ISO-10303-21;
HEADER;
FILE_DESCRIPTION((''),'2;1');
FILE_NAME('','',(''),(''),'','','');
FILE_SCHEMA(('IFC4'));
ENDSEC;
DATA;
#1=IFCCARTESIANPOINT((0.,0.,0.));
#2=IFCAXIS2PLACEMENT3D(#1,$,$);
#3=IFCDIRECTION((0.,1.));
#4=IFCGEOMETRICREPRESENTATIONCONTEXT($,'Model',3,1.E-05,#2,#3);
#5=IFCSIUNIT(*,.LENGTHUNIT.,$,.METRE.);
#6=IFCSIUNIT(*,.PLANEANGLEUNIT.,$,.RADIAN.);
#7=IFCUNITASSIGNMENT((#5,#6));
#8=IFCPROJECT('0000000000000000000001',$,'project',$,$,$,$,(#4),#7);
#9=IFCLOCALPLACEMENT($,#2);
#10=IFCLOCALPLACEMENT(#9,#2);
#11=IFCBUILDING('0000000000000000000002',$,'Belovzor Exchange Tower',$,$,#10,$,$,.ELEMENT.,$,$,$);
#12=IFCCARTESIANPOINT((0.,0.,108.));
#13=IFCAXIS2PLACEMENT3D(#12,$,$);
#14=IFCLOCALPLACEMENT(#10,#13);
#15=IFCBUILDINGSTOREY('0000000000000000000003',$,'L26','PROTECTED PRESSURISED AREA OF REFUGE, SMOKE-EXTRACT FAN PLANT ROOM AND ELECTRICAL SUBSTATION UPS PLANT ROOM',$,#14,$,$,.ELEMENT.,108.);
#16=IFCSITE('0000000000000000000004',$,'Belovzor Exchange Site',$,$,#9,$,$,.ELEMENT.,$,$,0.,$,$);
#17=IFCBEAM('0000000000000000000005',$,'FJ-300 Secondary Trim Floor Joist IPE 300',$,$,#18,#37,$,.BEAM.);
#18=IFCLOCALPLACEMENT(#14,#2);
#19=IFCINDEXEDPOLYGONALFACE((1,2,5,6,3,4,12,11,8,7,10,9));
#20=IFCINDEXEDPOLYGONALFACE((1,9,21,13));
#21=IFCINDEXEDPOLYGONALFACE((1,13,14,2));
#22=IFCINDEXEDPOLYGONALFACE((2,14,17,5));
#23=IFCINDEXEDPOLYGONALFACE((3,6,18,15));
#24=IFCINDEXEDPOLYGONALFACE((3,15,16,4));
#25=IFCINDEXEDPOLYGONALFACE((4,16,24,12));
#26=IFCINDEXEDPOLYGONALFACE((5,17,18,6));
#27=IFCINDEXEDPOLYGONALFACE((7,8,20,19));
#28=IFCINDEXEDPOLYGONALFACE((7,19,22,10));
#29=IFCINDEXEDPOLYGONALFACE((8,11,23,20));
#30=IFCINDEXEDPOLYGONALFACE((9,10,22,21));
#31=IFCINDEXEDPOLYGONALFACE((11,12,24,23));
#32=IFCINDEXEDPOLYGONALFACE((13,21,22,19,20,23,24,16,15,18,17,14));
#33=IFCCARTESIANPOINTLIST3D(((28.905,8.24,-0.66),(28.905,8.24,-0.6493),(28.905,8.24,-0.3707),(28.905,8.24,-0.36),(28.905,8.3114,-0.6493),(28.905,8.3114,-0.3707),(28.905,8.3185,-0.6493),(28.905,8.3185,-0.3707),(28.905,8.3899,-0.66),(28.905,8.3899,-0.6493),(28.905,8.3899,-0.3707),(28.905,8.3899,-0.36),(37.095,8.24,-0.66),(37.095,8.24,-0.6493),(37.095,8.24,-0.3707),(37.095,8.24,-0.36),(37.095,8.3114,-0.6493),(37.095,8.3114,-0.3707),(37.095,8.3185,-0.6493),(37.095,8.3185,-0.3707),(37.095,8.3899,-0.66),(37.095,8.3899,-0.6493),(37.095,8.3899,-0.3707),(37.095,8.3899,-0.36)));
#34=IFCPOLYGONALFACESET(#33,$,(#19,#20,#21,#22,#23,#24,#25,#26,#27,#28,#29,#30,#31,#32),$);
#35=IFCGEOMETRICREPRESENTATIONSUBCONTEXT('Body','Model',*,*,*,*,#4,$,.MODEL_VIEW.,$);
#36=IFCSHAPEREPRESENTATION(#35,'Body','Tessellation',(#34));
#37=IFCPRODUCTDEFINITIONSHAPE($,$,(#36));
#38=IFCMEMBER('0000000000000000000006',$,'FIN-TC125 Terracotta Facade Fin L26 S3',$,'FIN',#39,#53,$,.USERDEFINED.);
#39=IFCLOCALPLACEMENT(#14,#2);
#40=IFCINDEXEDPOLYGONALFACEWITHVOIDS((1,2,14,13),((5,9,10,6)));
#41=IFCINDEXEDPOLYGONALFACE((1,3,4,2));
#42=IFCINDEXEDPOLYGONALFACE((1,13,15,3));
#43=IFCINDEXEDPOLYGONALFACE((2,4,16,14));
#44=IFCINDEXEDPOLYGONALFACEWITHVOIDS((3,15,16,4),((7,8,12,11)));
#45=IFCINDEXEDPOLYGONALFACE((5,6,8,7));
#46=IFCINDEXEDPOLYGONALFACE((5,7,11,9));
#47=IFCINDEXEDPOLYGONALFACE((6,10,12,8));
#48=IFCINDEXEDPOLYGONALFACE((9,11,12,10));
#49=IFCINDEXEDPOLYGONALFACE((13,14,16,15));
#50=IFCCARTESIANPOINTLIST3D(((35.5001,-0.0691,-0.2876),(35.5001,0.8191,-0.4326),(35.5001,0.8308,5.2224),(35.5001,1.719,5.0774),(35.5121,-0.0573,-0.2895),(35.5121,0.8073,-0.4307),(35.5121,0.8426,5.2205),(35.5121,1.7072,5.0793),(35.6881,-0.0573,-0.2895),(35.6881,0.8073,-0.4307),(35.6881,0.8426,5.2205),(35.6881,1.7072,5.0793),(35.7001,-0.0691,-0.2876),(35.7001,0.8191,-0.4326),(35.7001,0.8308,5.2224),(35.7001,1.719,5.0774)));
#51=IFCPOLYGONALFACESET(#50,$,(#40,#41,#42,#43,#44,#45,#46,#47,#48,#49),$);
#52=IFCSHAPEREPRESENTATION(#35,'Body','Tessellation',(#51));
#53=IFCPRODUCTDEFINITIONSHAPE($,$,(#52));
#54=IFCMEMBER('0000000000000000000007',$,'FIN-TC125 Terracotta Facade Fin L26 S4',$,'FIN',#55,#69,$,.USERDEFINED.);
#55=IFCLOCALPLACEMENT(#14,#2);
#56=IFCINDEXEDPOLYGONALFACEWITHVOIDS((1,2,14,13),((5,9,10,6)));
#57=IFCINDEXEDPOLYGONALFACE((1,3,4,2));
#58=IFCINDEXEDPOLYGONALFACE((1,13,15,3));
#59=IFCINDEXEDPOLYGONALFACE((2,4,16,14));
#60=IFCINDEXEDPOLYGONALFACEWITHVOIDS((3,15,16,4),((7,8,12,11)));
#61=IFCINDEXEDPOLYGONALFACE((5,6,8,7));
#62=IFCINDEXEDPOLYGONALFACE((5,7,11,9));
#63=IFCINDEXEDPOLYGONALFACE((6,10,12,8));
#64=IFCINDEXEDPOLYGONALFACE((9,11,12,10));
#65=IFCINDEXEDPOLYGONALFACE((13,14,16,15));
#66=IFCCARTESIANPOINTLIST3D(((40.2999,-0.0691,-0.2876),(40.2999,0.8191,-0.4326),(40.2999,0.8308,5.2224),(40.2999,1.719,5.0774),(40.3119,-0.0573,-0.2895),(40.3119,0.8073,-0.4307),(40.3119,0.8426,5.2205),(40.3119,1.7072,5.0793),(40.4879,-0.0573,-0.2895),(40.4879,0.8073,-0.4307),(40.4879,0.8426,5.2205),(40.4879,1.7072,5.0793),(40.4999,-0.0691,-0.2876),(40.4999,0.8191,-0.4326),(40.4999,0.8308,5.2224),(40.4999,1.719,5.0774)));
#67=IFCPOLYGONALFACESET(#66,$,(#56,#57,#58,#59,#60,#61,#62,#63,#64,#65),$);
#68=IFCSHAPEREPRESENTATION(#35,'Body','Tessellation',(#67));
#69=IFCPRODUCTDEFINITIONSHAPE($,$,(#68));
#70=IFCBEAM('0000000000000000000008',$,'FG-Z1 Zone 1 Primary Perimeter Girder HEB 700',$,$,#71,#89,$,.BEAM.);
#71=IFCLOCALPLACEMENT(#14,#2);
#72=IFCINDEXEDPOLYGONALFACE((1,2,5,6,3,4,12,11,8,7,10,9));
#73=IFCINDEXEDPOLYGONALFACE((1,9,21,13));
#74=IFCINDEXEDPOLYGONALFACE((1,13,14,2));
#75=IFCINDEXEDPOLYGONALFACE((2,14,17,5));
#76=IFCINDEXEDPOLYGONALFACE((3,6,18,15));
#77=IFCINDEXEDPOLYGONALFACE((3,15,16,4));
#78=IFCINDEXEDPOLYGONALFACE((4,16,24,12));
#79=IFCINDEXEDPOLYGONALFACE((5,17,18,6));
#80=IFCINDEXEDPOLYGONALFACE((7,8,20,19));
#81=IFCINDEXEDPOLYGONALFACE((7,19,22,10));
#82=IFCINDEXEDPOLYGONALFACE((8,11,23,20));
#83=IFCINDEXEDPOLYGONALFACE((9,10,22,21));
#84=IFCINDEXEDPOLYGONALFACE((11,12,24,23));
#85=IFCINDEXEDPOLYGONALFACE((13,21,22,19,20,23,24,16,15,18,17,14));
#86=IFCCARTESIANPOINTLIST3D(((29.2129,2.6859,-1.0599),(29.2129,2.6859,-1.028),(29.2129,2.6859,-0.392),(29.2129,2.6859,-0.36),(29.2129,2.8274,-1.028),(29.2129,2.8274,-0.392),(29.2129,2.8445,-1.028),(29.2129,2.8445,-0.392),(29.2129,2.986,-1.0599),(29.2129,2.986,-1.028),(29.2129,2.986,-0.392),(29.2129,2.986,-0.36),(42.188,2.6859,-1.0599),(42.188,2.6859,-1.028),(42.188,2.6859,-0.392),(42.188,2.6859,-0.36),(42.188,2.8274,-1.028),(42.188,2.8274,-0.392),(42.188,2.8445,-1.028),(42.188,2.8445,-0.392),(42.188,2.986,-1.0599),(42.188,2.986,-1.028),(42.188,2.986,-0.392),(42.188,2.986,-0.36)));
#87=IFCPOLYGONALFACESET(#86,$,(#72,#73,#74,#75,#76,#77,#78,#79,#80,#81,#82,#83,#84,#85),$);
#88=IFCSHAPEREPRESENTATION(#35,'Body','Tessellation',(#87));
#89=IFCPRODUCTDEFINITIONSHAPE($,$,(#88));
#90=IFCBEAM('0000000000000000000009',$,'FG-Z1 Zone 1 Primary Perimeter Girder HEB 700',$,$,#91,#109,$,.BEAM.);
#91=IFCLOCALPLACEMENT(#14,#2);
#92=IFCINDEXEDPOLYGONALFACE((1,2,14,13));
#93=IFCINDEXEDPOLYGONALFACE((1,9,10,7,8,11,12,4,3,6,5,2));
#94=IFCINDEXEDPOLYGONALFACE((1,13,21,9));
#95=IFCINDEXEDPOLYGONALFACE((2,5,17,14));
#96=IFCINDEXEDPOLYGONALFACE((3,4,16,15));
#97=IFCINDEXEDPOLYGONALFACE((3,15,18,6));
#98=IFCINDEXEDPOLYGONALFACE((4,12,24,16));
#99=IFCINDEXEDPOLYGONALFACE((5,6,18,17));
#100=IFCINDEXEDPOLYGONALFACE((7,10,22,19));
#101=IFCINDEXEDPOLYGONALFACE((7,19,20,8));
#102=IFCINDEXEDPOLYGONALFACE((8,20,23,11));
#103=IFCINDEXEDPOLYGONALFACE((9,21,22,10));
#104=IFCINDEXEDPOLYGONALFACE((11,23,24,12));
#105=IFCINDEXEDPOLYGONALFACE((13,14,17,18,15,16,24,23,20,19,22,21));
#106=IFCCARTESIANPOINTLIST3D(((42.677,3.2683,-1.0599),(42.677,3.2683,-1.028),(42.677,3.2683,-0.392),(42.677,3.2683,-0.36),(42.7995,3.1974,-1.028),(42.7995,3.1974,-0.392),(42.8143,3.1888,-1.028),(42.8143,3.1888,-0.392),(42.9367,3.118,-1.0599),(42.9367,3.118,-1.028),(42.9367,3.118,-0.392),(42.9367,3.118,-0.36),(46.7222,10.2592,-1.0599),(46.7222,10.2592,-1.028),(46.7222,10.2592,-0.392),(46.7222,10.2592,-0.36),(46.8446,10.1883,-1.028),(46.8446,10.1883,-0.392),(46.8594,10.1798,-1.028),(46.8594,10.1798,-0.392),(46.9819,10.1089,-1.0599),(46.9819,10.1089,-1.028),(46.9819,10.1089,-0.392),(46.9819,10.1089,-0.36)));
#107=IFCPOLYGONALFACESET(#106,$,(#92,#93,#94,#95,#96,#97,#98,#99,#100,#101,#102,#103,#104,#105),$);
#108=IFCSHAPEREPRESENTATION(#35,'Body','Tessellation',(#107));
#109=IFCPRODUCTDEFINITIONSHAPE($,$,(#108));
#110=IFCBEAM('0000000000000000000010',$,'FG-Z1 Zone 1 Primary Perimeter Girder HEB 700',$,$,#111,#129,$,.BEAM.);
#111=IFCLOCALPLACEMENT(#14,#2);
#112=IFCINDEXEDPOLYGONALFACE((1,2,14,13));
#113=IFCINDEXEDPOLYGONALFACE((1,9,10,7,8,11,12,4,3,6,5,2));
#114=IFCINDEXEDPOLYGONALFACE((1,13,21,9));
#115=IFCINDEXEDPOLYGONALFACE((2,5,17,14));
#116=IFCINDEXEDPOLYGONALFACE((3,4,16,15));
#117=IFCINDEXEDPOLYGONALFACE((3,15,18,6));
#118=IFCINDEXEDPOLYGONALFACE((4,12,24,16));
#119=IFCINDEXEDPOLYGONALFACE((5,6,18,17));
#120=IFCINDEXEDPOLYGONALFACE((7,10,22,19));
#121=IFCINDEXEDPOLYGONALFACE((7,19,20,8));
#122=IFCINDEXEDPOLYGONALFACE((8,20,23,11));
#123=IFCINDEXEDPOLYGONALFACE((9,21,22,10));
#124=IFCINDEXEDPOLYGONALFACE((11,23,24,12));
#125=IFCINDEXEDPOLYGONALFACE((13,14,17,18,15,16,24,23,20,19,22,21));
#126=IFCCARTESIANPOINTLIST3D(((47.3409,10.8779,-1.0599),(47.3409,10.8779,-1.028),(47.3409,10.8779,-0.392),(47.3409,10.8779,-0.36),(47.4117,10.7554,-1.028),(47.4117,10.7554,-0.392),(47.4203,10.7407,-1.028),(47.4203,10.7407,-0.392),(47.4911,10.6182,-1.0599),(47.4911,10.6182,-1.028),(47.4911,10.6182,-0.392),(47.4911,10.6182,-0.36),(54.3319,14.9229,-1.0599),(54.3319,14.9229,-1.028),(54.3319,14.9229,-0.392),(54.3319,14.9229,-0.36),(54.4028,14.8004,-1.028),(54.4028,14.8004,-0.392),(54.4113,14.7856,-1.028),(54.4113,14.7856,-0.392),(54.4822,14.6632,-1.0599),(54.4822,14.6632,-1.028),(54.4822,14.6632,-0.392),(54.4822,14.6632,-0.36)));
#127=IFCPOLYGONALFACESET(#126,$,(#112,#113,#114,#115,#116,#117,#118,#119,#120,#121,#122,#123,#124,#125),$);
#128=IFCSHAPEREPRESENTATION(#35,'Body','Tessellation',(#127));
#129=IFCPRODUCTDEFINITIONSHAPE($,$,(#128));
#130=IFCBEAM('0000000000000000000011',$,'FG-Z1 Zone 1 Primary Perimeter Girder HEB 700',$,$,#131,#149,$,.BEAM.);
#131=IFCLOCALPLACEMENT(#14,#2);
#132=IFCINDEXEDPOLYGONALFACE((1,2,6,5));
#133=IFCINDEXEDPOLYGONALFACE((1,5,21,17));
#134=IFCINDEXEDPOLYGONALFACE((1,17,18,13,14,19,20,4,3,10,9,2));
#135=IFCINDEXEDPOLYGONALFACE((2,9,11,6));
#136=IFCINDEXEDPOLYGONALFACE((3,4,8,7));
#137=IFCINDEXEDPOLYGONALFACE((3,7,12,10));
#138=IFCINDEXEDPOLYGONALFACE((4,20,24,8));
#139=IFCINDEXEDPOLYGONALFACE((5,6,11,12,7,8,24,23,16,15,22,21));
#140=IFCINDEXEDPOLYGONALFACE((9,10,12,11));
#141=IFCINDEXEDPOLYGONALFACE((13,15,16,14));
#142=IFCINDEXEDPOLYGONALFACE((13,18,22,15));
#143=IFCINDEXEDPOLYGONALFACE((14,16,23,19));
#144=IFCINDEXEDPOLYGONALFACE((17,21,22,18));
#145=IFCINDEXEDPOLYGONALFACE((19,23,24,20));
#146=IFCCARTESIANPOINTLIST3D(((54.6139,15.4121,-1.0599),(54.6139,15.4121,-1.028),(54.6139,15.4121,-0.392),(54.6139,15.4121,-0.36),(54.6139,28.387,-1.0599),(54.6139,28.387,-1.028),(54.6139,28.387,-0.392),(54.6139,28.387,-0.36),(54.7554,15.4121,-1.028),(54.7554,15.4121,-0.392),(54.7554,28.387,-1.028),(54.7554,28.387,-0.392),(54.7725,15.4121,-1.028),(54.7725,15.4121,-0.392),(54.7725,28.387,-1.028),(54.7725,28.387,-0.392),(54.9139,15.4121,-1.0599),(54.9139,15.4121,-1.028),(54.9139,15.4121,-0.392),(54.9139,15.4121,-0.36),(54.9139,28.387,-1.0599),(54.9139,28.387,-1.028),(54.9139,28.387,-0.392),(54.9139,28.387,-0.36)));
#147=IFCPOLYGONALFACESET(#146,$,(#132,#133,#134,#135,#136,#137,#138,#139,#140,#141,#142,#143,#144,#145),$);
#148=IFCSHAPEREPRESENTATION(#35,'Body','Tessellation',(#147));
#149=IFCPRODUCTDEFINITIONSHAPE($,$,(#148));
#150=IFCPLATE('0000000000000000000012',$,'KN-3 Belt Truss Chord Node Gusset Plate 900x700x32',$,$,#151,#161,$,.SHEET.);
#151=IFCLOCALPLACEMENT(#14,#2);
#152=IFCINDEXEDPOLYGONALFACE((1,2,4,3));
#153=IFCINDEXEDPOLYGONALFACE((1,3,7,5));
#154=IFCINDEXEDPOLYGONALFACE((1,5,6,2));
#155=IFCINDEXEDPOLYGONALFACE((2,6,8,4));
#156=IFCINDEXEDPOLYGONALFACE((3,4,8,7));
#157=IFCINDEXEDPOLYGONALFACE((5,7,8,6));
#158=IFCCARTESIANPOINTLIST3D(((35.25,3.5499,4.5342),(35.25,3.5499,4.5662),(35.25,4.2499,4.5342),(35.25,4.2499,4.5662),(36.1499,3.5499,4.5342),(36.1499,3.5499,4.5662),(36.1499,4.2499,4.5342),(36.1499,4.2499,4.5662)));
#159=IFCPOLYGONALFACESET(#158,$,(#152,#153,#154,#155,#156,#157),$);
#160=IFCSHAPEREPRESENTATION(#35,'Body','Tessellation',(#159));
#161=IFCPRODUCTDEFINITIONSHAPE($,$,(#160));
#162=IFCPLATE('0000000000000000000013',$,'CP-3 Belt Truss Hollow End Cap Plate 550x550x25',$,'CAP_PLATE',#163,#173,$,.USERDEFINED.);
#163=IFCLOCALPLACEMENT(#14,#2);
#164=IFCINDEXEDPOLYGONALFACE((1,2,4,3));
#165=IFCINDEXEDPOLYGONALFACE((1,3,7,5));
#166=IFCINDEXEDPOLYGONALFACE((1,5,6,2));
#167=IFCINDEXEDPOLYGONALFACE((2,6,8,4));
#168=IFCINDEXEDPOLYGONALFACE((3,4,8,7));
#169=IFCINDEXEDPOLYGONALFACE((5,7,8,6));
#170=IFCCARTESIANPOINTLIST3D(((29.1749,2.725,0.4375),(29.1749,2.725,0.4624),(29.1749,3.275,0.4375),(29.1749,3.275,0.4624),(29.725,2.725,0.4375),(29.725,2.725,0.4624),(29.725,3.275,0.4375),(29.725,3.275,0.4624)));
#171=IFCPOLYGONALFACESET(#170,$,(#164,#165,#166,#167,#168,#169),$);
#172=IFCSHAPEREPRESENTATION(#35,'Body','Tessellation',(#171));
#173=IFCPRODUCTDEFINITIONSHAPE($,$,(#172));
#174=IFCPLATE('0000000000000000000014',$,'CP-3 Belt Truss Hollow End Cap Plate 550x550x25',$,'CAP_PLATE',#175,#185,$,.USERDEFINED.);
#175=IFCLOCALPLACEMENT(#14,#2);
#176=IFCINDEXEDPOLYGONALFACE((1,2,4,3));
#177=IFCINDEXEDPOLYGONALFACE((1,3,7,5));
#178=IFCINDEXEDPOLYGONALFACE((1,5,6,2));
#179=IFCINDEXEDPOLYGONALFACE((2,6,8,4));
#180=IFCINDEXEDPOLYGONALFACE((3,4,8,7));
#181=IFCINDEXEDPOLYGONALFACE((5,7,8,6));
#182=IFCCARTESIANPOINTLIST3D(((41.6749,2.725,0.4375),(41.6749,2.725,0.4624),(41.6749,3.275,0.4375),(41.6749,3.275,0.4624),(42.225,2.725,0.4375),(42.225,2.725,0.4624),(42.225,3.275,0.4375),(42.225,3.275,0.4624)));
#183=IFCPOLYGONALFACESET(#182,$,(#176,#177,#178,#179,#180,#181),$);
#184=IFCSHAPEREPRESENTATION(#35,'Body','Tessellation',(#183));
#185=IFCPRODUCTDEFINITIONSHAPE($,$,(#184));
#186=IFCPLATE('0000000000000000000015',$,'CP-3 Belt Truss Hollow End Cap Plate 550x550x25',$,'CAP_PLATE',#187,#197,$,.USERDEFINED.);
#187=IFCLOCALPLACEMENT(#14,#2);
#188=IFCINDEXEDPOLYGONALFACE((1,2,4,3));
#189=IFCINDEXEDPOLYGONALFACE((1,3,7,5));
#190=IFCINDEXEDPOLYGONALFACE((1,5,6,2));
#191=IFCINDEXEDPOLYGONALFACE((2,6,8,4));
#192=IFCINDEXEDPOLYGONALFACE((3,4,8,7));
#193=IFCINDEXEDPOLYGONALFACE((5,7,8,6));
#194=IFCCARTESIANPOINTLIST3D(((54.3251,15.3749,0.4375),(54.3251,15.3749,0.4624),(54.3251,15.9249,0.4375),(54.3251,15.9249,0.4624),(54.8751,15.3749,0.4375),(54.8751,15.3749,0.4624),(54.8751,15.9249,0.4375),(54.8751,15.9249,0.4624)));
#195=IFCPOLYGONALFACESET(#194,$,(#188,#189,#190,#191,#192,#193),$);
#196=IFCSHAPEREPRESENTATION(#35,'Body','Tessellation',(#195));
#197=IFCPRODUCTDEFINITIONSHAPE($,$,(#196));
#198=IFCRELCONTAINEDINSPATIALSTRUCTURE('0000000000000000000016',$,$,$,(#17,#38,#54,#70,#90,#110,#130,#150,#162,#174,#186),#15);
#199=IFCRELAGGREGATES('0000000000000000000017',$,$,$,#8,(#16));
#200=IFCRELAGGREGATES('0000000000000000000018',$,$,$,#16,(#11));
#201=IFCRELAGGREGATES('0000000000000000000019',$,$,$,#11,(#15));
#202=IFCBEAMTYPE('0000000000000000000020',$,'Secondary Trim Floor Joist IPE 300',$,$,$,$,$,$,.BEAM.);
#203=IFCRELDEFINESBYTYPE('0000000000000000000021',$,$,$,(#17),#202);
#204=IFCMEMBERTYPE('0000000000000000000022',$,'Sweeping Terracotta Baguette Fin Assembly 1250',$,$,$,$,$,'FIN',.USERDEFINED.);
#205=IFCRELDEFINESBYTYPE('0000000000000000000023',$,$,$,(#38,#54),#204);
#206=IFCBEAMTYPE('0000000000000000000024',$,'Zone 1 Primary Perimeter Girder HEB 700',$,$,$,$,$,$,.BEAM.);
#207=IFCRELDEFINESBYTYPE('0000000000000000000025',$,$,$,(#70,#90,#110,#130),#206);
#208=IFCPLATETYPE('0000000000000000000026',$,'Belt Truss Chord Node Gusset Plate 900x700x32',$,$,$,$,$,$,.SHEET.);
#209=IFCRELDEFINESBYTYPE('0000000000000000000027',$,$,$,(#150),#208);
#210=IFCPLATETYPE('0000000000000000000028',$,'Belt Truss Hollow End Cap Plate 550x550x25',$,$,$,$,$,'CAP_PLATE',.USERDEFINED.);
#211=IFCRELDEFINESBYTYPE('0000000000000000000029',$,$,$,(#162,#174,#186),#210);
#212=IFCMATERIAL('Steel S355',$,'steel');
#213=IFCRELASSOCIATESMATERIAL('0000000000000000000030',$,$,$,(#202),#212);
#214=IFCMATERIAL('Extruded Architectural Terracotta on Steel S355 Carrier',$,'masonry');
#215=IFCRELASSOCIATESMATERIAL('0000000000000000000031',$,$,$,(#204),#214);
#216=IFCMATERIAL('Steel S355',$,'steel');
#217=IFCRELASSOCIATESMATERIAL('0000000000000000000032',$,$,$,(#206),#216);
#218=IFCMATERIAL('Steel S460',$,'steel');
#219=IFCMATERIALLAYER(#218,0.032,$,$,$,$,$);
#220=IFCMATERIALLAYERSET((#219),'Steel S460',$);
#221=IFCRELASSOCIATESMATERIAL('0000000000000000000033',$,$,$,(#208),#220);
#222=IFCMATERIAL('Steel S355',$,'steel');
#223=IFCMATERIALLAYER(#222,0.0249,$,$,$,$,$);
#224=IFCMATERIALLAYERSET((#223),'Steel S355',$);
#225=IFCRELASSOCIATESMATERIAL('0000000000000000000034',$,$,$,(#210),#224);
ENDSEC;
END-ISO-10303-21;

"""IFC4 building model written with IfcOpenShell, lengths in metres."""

from ifc_helpers import new_model, si_unit, direction, frame, origin, origin_2d, place, context, subcontext, project, spatial, rectangle, hollow_rectangle, i_section, extrude, material, layer, layer_set, material_profile, profile_set, type_object, element, save


model = new_model("IFC4")

# Units and contexts
model_context = context("Model", 3, precision=1e-05, world=origin(), true_north=direction((0.0, 1.0)))
body_context = subcontext(model_context, "Body", "Model", "MODEL_VIEW")
ifc_project = project(units=[si_unit("LENGTHUNIT", "METRE"), si_unit("PLANEANGLEUNIT", "RADIAN")], contexts=[model_context])

# Site, building, storey
site_placement = place(None, origin())
site = spatial("IfcSite", under=ifc_project, at=site_placement, Name="Belovzor Exchange Site", CompositionType="ELEMENT", RefElevation=0.0)
building_placement = place(site_placement, origin())
building = spatial("IfcBuilding", under=site, at=building_placement, Name="Belovzor Exchange Tower", CompositionType="ELEMENT")
storey_placement = place(building_placement, frame((0.0, 0.0, 108.0)))
storey = spatial("IfcBuildingStorey", under=building, at=storey_placement, Name="L26", Description="PROTECTED PRESSURISED AREA OF REFUGE, SMOKE-EXTRACT FAN PLANT ROOM AND ELECTRICAL SUBSTATION UPS PLANT ROOM", CompositionType="ELEMENT", Elevation=108.0)

# Beam
ifc_material_1 = material(Name="Steel S355", Category="steel")
ifc_material_profile_1 = material_profile(ifc_material_1, i_section(OverallWidth=0.1499, OverallDepth=0.3, WebThickness=0.0071, FlangeThickness=0.0107, at=origin_2d()))
ifc_profile_set_1 = profile_set([ifc_material_profile_1], Name="Steel S355")
beam_type_1 = type_object("IfcBeamType", Name="Secondary Trim Floor Joist IPE 300", PredefinedType="BEAM", material=ifc_profile_set_1)
beam_1_placement = place(storey_placement, frame((28.905, 8.3149, -0.51), z_axis=(1.0, 0.0, 0.0), x_axis=(0.0, 1.0, 0.0)))
element("IfcBeam", 1, at=beam_1_placement, inside=storey, type_object=beam_type_1, Name="FJ-300 Secondary Trim Floor Joist IPE 300", PredefinedType="BEAM", context=body_context, shape_type="SweptSolid", body=[
    extrude(i_section(OverallWidth=0.1499, OverallDepth=0.3, WebThickness=0.0071, FlangeThickness=0.0107, at=origin_2d()), origin(), (0.0, 0.0, 1.0), 8.1899),
])

# Members
ifc_material_2 = material(Name="Extruded Architectural Terracotta on Steel S355 Carrier", Category="masonry")
ifc_material_profile_2 = material_profile(ifc_material_2, hollow_rectangle(XDim=0.2, YDim=0.8999, WallThickness=0.012, at=origin_2d()))
ifc_profile_set_2 = profile_set([ifc_material_profile_2], Name="Extruded Architectural Terracotta on Steel S355 Carrier")
member_type_1 = type_object("IfcMemberType", Name="Sweeping Terracotta Baguette Fin Assembly 1250", ElementType="FIN", PredefinedType="USERDEFINED", material=ifc_profile_set_2)
for number, where, z_axis, x_axis, name in (
    (2, (35.6001, 0.375, -0.3601), (0.0, 0.161186, 0.986924), (-1.0, 0.0, 0.0), "FIN-TC125 Terracotta Facade Fin L26 S3"),
    (3, (40.3999, 0.375, -0.3601), (0.0, 0.161186, 0.986924), (-1.0, 0.0, 0.0), "FIN-TC125 Terracotta Facade Fin L26 S4"),
):
    element("IfcMember", number, at=place(storey_placement, frame(where, z_axis=z_axis, x_axis=x_axis)), inside=storey, type_object=member_type_1, Name=name, ObjectType="FIN", PredefinedType="USERDEFINED", context=body_context, shape_type="SweptSolid", body=[
        extrude(hollow_rectangle(XDim=0.2, YDim=0.8999, WallThickness=0.012, at=origin_2d()), origin(), (0.0, 0.0, 1.0), 5.583),
    ])

# Beams
ifc_material_3 = material(Name="Steel S355", Category="steel")
ifc_material_profile_3 = material_profile(ifc_material_3, i_section(OverallWidth=0.3, OverallDepth=0.7, WebThickness=0.0171, FlangeThickness=0.032, at=origin_2d()))
ifc_profile_set_3 = profile_set([ifc_material_profile_3], Name="Steel S355")
beam_type_2 = type_object("IfcBeamType", Name="Zone 1 Primary Perimeter Girder HEB 700", PredefinedType="BEAM", material=ifc_profile_set_3)
beam_2_placement = place(storey_placement, frame((29.2129, 2.8359, -0.71), z_axis=(1.0, 0.0, 0.0), x_axis=(0.0, 1.0, 0.0)))
element("IfcBeam", 4, at=beam_2_placement, inside=storey, type_object=beam_type_2, Name="FG-Z1 Zone 1 Primary Perimeter Girder HEB 700", PredefinedType="BEAM", context=body_context, shape_type="SweptSolid", body=[
    extrude(i_section(OverallWidth=0.3, OverallDepth=0.7, WebThickness=0.0171, FlangeThickness=0.032, at=origin_2d()), origin(), (0.0, 0.0, 1.0), 12.9751),
])
for number, where, z_axis, x_axis, name in (
    (5, (42.8069, 3.1931, -0.71), (0.500829, 0.865546, 0.0), (-0.865546, 0.500829, 0.0), "FG-Z1 Zone 1 Primary Perimeter Girder HEB 700"),
    (6, (47.416, 10.748, -0.71), (0.865559, 0.500806, 0.0), (-0.500806, 0.865559, 0.0), "FG-Z1 Zone 1 Primary Perimeter Girder HEB 700"),
):
    element("IfcBeam", number, at=place(storey_placement, frame(where, z_axis=z_axis, x_axis=x_axis)), inside=storey, type_object=beam_type_2, Name=name, PredefinedType="BEAM", context=body_context, shape_type="SweptSolid", body=[
        extrude(i_section(OverallWidth=0.3, OverallDepth=0.7, WebThickness=0.0171, FlangeThickness=0.032, at=origin_2d()), origin(), (0.0, 0.0, 1.0), 8.0769),
    ])
beam_3_placement = place(storey_placement, frame((54.7639, 15.4121, -0.71), z_axis=(0.0, 1.0, 0.0), x_axis=(-1.0, 0.0, 0.0)))
element("IfcBeam", 7, at=beam_3_placement, inside=storey, type_object=beam_type_2, Name="FG-Z1 Zone 1 Primary Perimeter Girder HEB 700", PredefinedType="BEAM", context=body_context, shape_type="SweptSolid", body=[
    extrude(i_section(OverallWidth=0.3, OverallDepth=0.7, WebThickness=0.0171, FlangeThickness=0.032, at=origin_2d()), origin(), (0.0, 0.0, 1.0), 12.9749),
])

# Plates
ifc_material_4 = material(Name="Steel S460", Category="steel")
ifc_layer_1 = layer(ifc_material_4, 0.032)
ifc_layer_set_1 = layer_set([ifc_layer_1], Name="Steel S460")
plate_type_1 = type_object("IfcPlateType", Name="Belt Truss Chord Node Gusset Plate 900x700x32", PredefinedType="SHEET", material=ifc_layer_set_1)
plate_1_placement = place(storey_placement, frame((35.7, 3.8999, 4.5342), z_axis=(0.0, 0.0, 1.0), x_axis=(1.0, 0.0, 0.0)))
element("IfcPlate", 8, at=plate_1_placement, inside=storey, type_object=plate_type_1, Name="KN-3 Belt Truss Chord Node Gusset Plate 900x700x32", PredefinedType="SHEET", context=body_context, shape_type="SweptSolid", body=[
    extrude(rectangle(XDim=0.8999, YDim=0.7, at=origin_2d()), origin(), (0.0, 0.0, 1.0), 0.032),
])
ifc_material_5 = material(Name="Steel S355", Category="steel")
ifc_layer_2 = layer(ifc_material_5, 0.0249)
ifc_layer_set_2 = layer_set([ifc_layer_2], Name="Steel S355")
plate_type_2 = type_object("IfcPlateType", Name="Belt Truss Hollow End Cap Plate 550x550x25", ElementType="CAP_PLATE", PredefinedType="USERDEFINED", material=ifc_layer_set_2)
for number, where, z_axis, x_axis, name in (
    (9, (29.45, 3.0, 0.4375), (0.0, 0.0, 1.0), (1.0, 0.0, 0.0), "CP-3 Belt Truss Hollow End Cap Plate 550x550x25"),
    (10, (41.95, 3.0, 0.4375), (0.0, 0.0, 1.0), (1.0, 0.0, 0.0), "CP-3 Belt Truss Hollow End Cap Plate 550x550x25"),
    (11, (54.6001, 15.6499, 0.4375), (0.0, 0.0, 1.0), (0.0, 1.0, 0.0), "CP-3 Belt Truss Hollow End Cap Plate 550x550x25"),
):
    element("IfcPlate", number, at=place(storey_placement, frame(where, z_axis=z_axis, x_axis=x_axis)), inside=storey, type_object=plate_type_2, Name=name, ObjectType="CAP_PLATE", PredefinedType="USERDEFINED", context=body_context, shape_type="SweptSolid", body=[
        extrude(rectangle(XDim=0.55, YDim=0.55, at=origin_2d()), origin(), (0.0, 0.0, 1.0), 0.0249),
    ])

save(model, "model.ifc")
